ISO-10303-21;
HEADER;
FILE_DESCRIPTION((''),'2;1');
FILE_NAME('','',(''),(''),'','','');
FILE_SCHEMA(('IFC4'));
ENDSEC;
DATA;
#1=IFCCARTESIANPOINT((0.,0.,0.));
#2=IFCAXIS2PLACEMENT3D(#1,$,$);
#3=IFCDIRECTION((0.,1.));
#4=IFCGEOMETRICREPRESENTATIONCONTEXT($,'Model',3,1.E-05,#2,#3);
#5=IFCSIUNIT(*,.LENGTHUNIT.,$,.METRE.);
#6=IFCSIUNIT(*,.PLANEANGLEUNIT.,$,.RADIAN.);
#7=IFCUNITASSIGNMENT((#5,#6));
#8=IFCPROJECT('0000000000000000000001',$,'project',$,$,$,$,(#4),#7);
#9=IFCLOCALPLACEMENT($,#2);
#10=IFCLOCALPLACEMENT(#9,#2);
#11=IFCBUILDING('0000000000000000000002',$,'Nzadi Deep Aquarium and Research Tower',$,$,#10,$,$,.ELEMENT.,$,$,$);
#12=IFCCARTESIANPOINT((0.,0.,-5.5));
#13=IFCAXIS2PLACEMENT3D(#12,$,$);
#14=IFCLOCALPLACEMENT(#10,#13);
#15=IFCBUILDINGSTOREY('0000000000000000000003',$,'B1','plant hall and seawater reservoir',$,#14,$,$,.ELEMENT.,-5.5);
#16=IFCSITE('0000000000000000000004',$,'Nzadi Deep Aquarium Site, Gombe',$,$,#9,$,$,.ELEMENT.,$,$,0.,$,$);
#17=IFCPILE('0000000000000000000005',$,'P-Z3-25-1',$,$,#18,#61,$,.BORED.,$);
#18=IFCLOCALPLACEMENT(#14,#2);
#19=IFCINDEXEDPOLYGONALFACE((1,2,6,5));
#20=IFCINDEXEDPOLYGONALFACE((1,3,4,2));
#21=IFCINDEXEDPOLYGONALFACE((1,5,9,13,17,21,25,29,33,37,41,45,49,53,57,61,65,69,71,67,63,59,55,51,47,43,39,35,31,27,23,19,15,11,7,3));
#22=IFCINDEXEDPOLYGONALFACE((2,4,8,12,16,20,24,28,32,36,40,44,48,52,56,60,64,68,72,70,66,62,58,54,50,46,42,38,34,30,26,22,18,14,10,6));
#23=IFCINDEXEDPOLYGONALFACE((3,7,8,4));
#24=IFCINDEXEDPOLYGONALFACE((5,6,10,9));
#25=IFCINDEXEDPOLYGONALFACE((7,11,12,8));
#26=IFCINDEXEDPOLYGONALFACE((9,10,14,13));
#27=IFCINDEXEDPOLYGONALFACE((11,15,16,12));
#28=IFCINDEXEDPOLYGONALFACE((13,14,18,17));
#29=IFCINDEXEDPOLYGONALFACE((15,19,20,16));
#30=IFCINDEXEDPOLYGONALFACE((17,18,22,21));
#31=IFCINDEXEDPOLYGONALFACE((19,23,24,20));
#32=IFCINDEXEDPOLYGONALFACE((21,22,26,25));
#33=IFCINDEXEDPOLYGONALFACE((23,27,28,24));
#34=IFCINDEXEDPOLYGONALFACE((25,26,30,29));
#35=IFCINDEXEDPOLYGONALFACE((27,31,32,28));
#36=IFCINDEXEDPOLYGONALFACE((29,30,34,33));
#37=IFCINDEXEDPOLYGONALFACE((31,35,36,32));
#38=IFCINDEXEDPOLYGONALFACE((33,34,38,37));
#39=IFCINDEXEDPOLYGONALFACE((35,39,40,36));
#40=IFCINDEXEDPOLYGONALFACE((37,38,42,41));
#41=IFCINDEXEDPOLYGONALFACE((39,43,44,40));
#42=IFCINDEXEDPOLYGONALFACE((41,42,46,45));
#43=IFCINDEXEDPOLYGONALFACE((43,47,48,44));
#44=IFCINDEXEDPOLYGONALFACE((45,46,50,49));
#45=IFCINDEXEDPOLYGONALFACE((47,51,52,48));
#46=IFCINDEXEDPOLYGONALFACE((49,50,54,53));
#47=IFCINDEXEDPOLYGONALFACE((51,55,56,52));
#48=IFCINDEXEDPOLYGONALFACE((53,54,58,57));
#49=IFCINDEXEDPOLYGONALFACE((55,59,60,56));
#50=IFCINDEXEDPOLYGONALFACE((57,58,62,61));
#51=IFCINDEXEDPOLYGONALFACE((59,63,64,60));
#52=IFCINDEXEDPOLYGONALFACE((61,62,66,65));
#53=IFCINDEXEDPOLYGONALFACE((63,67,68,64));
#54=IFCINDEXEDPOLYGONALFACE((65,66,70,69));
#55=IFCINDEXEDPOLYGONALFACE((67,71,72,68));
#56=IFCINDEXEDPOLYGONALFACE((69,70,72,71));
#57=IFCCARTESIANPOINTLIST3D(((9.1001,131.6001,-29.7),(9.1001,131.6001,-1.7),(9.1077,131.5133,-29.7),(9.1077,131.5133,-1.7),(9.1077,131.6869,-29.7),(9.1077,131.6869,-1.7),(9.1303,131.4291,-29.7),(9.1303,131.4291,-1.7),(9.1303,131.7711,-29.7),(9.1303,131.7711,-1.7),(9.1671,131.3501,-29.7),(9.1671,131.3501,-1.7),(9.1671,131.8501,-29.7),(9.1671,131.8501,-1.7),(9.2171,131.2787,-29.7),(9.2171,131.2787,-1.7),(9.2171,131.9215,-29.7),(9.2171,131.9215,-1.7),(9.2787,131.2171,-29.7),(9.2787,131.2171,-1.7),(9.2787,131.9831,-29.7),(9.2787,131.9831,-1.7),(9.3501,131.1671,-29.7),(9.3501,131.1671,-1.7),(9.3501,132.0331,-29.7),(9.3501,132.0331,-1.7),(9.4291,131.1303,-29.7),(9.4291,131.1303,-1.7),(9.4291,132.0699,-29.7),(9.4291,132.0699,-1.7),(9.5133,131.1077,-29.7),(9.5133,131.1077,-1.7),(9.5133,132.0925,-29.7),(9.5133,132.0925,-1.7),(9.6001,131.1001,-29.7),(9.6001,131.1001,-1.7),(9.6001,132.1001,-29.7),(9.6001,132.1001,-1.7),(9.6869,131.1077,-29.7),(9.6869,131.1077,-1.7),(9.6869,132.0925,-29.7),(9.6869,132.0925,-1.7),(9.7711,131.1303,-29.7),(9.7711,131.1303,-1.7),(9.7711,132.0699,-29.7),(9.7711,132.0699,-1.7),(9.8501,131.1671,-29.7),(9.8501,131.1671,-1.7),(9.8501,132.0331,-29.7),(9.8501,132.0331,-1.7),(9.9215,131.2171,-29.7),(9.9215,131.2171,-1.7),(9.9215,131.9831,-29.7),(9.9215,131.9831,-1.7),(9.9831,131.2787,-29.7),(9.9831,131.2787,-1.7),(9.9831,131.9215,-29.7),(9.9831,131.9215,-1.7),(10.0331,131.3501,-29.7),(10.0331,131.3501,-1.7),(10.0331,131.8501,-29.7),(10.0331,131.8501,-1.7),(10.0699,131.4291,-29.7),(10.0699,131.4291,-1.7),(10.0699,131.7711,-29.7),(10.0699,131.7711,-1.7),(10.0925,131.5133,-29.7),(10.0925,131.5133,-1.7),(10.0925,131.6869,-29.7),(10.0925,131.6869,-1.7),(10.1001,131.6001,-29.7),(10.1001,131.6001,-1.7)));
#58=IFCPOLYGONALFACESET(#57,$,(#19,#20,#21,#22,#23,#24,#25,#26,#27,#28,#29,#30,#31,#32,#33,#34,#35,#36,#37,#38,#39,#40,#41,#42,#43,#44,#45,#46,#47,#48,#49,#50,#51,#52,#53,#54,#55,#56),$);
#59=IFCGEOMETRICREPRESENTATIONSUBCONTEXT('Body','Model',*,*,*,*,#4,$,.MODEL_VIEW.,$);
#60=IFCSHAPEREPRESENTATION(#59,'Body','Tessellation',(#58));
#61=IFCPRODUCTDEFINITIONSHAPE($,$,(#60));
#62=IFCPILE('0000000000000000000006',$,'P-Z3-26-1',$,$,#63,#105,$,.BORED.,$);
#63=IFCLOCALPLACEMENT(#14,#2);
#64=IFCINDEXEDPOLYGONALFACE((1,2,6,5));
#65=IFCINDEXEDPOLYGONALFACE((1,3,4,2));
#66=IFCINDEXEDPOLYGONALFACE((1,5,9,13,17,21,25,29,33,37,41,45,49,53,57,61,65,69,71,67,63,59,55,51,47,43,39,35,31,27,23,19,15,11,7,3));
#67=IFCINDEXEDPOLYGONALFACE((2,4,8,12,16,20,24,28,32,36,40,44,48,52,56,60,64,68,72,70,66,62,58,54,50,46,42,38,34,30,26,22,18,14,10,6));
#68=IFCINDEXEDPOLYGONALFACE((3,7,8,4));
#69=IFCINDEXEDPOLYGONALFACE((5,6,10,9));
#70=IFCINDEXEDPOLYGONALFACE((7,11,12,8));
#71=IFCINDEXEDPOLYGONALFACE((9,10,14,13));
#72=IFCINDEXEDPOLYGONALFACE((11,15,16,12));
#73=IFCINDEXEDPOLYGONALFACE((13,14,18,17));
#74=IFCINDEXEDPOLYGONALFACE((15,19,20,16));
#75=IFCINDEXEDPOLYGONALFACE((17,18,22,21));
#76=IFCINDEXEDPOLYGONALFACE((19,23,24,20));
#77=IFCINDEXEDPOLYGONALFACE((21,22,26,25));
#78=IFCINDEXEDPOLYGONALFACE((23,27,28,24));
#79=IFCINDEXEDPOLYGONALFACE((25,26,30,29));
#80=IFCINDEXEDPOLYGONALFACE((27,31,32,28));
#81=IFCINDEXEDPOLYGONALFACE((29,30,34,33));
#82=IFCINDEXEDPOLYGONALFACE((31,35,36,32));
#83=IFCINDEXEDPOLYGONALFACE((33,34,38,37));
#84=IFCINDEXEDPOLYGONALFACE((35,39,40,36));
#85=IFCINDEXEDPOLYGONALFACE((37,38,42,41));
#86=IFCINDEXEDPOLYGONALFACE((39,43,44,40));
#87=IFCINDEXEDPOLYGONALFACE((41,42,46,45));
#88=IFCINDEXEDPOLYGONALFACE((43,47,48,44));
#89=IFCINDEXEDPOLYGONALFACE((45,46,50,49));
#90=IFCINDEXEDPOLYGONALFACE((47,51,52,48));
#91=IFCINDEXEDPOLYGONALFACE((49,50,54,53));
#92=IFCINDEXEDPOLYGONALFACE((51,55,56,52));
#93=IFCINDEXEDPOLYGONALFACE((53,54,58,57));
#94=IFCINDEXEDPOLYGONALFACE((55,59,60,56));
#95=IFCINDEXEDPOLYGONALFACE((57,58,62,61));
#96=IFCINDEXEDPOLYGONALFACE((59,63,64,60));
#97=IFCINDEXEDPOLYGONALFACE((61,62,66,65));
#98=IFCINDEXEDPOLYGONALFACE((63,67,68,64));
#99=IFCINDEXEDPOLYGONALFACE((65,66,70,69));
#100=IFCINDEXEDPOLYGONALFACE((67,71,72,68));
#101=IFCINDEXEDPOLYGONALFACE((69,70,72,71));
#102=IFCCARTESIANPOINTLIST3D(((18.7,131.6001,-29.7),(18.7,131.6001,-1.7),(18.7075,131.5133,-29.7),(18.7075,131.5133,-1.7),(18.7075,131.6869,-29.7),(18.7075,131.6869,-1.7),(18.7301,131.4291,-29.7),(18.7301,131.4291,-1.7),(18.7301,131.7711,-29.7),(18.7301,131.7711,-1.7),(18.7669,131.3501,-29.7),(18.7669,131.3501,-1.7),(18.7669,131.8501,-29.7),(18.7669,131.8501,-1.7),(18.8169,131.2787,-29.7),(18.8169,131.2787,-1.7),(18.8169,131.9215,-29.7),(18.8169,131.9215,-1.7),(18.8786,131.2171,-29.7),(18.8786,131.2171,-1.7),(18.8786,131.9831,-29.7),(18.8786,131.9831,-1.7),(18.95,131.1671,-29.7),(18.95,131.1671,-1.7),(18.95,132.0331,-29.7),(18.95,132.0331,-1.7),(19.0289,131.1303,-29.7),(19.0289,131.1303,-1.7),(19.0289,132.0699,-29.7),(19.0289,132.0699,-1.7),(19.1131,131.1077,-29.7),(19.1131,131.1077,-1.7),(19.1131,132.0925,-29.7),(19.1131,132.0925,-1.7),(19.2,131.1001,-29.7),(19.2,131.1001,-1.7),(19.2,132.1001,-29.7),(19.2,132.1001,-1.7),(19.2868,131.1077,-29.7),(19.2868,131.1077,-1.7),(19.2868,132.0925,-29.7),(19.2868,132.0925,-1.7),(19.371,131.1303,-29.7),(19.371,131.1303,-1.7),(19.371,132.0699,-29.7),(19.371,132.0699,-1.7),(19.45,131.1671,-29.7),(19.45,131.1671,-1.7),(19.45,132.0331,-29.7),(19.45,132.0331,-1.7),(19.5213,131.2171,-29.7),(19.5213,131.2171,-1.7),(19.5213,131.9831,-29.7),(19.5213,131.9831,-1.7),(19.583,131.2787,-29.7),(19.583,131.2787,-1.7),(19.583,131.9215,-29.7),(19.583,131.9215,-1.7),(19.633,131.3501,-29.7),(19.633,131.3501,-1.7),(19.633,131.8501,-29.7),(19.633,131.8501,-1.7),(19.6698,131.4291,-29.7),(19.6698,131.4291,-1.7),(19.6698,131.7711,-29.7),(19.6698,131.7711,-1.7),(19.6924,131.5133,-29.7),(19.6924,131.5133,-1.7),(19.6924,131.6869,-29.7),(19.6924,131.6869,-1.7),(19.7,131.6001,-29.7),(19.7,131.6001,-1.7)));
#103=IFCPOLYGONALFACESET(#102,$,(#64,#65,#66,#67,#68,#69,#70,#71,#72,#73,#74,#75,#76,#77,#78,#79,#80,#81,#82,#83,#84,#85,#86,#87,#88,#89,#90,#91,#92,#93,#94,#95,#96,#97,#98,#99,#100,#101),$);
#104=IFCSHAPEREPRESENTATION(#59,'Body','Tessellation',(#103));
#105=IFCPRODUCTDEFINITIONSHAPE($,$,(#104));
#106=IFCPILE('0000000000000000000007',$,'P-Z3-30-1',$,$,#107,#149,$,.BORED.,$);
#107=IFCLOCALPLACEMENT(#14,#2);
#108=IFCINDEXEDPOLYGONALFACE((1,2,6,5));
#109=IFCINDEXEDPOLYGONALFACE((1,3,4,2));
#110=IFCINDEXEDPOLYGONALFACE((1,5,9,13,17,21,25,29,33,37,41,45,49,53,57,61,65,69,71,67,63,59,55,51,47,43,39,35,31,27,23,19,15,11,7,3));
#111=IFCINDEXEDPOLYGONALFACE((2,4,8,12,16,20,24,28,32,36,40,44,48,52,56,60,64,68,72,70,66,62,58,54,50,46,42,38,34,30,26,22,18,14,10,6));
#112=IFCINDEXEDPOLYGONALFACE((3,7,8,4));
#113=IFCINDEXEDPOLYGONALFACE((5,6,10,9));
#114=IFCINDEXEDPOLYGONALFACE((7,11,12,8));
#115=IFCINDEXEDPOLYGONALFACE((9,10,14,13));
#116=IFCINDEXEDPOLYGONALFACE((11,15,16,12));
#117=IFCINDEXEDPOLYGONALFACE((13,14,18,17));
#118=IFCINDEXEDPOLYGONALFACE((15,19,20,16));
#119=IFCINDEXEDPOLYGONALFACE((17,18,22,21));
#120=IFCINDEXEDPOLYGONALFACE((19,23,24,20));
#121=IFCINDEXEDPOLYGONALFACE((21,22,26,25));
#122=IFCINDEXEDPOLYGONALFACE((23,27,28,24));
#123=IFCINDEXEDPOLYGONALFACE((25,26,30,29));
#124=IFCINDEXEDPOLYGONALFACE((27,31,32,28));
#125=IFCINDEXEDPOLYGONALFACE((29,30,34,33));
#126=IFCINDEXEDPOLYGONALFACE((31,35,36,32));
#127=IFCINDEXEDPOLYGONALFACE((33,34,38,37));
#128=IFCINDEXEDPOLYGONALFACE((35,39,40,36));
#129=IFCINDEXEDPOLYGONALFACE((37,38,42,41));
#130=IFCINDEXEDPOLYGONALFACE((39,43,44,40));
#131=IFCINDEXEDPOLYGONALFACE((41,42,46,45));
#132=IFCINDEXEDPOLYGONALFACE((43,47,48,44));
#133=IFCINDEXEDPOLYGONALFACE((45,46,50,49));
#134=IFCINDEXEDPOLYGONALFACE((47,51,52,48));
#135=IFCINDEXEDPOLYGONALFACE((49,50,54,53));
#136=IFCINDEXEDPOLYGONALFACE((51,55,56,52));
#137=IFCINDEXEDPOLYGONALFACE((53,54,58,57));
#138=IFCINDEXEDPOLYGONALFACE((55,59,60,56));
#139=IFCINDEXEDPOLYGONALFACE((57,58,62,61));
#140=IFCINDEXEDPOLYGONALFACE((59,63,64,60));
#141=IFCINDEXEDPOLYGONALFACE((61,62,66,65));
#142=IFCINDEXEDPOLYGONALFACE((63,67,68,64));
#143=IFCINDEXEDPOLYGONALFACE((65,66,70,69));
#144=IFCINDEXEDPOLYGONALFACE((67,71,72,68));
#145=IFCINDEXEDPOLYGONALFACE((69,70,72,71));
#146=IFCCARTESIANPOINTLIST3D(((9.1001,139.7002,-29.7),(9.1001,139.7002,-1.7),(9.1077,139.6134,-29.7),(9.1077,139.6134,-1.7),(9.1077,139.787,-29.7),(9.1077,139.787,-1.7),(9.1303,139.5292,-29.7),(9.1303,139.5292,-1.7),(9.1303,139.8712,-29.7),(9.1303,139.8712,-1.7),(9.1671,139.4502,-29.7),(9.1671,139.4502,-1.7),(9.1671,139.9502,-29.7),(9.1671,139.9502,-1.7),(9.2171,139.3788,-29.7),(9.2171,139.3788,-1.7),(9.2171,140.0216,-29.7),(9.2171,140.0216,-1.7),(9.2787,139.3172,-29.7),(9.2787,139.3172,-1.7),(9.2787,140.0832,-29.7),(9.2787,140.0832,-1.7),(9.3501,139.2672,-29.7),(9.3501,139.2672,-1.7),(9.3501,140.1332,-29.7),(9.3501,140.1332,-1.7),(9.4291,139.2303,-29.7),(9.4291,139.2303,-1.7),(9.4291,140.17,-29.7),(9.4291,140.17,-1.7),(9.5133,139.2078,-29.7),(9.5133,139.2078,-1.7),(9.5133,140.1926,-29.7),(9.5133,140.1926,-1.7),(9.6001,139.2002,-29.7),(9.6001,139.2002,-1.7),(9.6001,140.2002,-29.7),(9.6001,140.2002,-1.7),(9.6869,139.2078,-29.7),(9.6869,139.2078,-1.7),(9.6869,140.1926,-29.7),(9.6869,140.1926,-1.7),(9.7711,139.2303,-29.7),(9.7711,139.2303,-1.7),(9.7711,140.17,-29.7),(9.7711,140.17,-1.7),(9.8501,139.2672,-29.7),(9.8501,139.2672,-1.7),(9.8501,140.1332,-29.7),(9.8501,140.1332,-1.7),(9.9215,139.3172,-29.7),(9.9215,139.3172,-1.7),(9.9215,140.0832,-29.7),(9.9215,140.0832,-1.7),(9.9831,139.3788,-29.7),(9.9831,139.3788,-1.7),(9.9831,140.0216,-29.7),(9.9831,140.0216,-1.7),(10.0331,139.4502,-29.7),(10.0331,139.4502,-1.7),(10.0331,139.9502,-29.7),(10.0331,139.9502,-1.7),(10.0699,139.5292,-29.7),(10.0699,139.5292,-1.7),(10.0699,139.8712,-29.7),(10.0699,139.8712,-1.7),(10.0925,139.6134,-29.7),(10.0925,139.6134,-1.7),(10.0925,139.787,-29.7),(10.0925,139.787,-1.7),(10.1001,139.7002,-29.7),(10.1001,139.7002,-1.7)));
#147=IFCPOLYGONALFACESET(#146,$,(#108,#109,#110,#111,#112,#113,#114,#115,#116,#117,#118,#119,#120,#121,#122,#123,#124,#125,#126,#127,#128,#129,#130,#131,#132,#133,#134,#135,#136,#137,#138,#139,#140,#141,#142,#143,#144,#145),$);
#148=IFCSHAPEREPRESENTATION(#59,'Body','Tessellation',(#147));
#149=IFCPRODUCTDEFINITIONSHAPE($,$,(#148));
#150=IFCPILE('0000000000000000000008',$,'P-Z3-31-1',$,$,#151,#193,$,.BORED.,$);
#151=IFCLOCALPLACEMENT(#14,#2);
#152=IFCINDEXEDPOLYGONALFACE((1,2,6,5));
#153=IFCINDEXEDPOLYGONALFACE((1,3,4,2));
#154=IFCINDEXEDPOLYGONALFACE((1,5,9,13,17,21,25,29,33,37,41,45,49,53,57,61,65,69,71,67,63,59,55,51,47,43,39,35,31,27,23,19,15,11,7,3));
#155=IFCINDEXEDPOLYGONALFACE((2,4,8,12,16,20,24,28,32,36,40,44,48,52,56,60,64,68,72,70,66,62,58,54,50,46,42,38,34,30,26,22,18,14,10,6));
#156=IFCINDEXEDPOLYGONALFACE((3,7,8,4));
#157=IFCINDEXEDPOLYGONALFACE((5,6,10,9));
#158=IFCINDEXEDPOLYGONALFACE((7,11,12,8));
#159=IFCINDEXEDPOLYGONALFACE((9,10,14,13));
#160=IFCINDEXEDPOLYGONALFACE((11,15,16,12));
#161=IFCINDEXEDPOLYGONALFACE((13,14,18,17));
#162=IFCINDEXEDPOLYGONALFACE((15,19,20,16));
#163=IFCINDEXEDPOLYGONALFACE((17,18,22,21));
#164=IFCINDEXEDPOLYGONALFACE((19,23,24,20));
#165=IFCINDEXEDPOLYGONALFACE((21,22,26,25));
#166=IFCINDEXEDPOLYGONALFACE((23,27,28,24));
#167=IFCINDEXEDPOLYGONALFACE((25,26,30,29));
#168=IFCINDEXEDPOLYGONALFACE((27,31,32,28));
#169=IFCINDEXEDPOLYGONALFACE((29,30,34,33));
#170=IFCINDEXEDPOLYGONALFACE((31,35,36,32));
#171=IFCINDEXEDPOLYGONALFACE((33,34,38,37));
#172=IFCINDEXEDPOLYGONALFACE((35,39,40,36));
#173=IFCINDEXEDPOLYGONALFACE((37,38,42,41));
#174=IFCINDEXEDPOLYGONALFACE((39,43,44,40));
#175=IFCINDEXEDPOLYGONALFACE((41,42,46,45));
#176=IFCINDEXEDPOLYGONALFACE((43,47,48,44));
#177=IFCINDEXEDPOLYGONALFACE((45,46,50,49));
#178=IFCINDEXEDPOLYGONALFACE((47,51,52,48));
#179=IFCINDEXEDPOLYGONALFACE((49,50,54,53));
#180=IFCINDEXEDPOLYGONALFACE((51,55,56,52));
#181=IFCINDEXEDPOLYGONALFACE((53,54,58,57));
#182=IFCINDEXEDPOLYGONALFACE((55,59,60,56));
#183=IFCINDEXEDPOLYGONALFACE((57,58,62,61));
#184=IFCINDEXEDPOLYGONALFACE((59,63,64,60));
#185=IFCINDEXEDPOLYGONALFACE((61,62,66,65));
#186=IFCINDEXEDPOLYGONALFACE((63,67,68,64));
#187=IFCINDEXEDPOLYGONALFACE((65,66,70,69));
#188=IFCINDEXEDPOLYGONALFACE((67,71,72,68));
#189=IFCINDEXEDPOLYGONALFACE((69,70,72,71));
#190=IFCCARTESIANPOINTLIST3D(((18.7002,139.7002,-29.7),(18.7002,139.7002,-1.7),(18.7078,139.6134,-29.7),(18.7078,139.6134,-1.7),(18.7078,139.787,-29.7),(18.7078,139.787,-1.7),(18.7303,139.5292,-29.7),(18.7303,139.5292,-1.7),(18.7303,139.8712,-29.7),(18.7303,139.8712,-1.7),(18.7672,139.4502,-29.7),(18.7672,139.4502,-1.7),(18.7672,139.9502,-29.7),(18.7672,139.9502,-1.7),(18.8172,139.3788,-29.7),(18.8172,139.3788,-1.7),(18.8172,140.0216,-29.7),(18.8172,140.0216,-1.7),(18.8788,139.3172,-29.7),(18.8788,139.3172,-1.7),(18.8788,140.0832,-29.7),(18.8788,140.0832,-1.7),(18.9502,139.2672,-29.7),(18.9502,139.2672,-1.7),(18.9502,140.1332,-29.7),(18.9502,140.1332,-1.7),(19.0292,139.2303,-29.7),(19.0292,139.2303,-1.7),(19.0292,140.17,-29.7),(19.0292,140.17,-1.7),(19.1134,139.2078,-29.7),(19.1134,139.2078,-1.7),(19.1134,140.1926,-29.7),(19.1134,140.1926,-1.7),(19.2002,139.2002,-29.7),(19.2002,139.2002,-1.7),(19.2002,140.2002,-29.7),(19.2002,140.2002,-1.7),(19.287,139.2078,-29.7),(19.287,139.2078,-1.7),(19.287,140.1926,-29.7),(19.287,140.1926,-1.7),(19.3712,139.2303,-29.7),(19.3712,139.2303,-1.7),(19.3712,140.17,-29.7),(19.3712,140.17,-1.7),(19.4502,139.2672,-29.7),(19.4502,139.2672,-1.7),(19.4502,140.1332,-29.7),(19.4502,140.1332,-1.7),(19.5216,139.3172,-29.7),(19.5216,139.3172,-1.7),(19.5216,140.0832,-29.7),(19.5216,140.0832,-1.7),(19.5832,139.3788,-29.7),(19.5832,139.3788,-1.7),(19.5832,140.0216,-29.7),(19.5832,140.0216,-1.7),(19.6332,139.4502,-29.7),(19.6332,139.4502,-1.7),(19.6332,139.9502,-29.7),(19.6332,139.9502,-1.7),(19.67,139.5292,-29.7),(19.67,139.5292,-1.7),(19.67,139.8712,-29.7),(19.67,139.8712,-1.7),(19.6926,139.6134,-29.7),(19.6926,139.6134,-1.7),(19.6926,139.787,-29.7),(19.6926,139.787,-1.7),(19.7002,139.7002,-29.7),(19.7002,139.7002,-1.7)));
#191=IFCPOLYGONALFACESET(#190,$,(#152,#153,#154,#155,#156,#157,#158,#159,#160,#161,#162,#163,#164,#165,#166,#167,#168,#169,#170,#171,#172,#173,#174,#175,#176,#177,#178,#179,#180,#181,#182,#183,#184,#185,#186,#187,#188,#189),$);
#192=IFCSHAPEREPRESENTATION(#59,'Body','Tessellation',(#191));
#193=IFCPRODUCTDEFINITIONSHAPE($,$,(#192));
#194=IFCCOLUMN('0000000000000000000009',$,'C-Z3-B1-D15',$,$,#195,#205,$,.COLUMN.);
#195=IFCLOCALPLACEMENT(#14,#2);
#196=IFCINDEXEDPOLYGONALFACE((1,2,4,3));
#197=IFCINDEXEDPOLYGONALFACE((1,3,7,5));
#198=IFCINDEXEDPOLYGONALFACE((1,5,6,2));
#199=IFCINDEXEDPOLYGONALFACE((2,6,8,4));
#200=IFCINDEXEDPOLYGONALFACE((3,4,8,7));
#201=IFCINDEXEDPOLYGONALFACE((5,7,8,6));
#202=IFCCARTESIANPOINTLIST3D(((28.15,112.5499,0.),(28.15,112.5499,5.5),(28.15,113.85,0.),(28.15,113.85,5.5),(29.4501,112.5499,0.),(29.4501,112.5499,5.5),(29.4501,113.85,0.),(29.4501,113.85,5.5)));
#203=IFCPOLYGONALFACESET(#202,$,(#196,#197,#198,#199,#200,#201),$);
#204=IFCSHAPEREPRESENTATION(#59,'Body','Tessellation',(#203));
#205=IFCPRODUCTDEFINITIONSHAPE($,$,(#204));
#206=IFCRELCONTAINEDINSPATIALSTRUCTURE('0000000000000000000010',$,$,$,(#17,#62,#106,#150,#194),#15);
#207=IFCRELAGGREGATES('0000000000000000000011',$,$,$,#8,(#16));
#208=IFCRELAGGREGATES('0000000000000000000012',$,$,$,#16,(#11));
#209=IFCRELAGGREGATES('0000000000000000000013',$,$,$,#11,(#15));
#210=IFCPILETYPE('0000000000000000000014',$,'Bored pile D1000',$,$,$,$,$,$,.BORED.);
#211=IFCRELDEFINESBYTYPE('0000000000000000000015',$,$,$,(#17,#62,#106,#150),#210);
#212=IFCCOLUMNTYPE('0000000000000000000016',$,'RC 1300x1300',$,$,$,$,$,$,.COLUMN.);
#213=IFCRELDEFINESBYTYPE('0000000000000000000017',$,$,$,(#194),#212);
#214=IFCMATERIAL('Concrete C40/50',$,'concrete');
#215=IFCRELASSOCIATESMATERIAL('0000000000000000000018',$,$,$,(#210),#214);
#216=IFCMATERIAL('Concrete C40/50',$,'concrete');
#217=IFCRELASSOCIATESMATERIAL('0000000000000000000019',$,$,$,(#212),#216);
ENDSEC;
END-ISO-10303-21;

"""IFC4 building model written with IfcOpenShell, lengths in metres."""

from ifc_helpers import new_model, si_unit, direction, frame, origin, origin_2d, place, context, subcontext, project, spatial, rectangle, circle, extrude, material, material_profile, profile_set, type_object, element, save


model = new_model("IFC4")

# Units and contexts
model_context = context("Model", 3, precision=1e-05, world=origin(), true_north=direction((0.0, 1.0)))
body_context = subcontext(model_context, "Body", "Model", "MODEL_VIEW")
ifc_project = project(units=[si_unit("LENGTHUNIT", "METRE"), si_unit("PLANEANGLEUNIT", "RADIAN")], contexts=[model_context])

# Site, building, storey
site_placement = place(None, origin())
site = spatial("IfcSite", under=ifc_project, at=site_placement, Name="Nzadi Deep Aquarium Site, Gombe", CompositionType="ELEMENT", RefElevation=0.0)
building_placement = place(site_placement, origin())
building = spatial("IfcBuilding", under=site, at=building_placement, Name="Nzadi Deep Aquarium and Research Tower", CompositionType="ELEMENT")
storey_placement = place(building_placement, frame((0.0, 0.0, -5.5)))
storey = spatial("IfcBuildingStorey", under=building, at=storey_placement, Name="B1", Description="plant hall and seawater reservoir", CompositionType="ELEMENT", Elevation=-5.5)

# Piles
ifc_material_1 = material(Name="Concrete C40/50", Category="concrete")
ifc_material_profile_1 = material_profile(ifc_material_1, circle(Radius=0.5, at=origin_2d()))
ifc_profile_set_1 = profile_set([ifc_material_profile_1], Name="Concrete C40/50")
pile_type = type_object("IfcPileType", Name="Bored pile D1000", PredefinedType="BORED", material=ifc_profile_set_1)
for number, where, z_axis, x_axis, name in (
    (1, (9.6001, 131.6001, -1.7), (0.0, 0.0, -1.0), (1.0, 0.0, 0.0), "P-Z3-25-1"),
    (2, (19.2, 131.6001, -1.7), (0.0, 0.0, -1.0), (1.0, 0.0, 0.0), "P-Z3-26-1"),
    (3, (9.6001, 139.7002, -1.7), (0.0, 0.0, -1.0), (1.0, 0.0, 0.0), "P-Z3-30-1"),
    (4, (19.2002, 139.7002, -1.7), (0.0, 0.0, -1.0), (1.0, 0.0, 0.0), "P-Z3-31-1"),
):
    element("IfcPile", number, at=place(storey_placement, frame(where, z_axis=z_axis, x_axis=x_axis)), inside=storey, type_object=pile_type, Name=name, PredefinedType="BORED", context=body_context, shape_type="SweptSolid", body=[
        extrude(circle(Radius=0.5, at=origin_2d()), origin(), (0.0, 0.0, 1.0), 28.0),
    ])

# Column
ifc_material_2 = material(Name="Concrete C40/50", Category="concrete")
ifc_material_profile_2 = material_profile(ifc_material_2, rectangle(XDim=1.3, YDim=1.3, at=origin_2d()))
ifc_profile_set_2 = profile_set([ifc_material_profile_2], Name="Concrete C40/50")
column_type = type_object("IfcColumnType", Name="RC 1300x1300", PredefinedType="COLUMN", material=ifc_profile_set_2)
for number, where, z_axis, x_axis, name in (
    (5, (28.8, 113.2, 0.0), (0.0, 0.0, 1.0), (1.0, 0.0, 0.0), "C-Z3-B1-D15"),
):
    element("IfcColumn", number, at=place(storey_placement, frame(where, z_axis=z_axis, x_axis=x_axis)), inside=storey, type_object=column_type, Name=name, PredefinedType="COLUMN", context=body_context, shape_type="SweptSolid", body=[
        extrude(rectangle(XDim=1.3, YDim=1.3, at=origin_2d()), origin(), (0.0, 0.0, 1.0), 5.5),
    ])

save(model, "model.ifc")
